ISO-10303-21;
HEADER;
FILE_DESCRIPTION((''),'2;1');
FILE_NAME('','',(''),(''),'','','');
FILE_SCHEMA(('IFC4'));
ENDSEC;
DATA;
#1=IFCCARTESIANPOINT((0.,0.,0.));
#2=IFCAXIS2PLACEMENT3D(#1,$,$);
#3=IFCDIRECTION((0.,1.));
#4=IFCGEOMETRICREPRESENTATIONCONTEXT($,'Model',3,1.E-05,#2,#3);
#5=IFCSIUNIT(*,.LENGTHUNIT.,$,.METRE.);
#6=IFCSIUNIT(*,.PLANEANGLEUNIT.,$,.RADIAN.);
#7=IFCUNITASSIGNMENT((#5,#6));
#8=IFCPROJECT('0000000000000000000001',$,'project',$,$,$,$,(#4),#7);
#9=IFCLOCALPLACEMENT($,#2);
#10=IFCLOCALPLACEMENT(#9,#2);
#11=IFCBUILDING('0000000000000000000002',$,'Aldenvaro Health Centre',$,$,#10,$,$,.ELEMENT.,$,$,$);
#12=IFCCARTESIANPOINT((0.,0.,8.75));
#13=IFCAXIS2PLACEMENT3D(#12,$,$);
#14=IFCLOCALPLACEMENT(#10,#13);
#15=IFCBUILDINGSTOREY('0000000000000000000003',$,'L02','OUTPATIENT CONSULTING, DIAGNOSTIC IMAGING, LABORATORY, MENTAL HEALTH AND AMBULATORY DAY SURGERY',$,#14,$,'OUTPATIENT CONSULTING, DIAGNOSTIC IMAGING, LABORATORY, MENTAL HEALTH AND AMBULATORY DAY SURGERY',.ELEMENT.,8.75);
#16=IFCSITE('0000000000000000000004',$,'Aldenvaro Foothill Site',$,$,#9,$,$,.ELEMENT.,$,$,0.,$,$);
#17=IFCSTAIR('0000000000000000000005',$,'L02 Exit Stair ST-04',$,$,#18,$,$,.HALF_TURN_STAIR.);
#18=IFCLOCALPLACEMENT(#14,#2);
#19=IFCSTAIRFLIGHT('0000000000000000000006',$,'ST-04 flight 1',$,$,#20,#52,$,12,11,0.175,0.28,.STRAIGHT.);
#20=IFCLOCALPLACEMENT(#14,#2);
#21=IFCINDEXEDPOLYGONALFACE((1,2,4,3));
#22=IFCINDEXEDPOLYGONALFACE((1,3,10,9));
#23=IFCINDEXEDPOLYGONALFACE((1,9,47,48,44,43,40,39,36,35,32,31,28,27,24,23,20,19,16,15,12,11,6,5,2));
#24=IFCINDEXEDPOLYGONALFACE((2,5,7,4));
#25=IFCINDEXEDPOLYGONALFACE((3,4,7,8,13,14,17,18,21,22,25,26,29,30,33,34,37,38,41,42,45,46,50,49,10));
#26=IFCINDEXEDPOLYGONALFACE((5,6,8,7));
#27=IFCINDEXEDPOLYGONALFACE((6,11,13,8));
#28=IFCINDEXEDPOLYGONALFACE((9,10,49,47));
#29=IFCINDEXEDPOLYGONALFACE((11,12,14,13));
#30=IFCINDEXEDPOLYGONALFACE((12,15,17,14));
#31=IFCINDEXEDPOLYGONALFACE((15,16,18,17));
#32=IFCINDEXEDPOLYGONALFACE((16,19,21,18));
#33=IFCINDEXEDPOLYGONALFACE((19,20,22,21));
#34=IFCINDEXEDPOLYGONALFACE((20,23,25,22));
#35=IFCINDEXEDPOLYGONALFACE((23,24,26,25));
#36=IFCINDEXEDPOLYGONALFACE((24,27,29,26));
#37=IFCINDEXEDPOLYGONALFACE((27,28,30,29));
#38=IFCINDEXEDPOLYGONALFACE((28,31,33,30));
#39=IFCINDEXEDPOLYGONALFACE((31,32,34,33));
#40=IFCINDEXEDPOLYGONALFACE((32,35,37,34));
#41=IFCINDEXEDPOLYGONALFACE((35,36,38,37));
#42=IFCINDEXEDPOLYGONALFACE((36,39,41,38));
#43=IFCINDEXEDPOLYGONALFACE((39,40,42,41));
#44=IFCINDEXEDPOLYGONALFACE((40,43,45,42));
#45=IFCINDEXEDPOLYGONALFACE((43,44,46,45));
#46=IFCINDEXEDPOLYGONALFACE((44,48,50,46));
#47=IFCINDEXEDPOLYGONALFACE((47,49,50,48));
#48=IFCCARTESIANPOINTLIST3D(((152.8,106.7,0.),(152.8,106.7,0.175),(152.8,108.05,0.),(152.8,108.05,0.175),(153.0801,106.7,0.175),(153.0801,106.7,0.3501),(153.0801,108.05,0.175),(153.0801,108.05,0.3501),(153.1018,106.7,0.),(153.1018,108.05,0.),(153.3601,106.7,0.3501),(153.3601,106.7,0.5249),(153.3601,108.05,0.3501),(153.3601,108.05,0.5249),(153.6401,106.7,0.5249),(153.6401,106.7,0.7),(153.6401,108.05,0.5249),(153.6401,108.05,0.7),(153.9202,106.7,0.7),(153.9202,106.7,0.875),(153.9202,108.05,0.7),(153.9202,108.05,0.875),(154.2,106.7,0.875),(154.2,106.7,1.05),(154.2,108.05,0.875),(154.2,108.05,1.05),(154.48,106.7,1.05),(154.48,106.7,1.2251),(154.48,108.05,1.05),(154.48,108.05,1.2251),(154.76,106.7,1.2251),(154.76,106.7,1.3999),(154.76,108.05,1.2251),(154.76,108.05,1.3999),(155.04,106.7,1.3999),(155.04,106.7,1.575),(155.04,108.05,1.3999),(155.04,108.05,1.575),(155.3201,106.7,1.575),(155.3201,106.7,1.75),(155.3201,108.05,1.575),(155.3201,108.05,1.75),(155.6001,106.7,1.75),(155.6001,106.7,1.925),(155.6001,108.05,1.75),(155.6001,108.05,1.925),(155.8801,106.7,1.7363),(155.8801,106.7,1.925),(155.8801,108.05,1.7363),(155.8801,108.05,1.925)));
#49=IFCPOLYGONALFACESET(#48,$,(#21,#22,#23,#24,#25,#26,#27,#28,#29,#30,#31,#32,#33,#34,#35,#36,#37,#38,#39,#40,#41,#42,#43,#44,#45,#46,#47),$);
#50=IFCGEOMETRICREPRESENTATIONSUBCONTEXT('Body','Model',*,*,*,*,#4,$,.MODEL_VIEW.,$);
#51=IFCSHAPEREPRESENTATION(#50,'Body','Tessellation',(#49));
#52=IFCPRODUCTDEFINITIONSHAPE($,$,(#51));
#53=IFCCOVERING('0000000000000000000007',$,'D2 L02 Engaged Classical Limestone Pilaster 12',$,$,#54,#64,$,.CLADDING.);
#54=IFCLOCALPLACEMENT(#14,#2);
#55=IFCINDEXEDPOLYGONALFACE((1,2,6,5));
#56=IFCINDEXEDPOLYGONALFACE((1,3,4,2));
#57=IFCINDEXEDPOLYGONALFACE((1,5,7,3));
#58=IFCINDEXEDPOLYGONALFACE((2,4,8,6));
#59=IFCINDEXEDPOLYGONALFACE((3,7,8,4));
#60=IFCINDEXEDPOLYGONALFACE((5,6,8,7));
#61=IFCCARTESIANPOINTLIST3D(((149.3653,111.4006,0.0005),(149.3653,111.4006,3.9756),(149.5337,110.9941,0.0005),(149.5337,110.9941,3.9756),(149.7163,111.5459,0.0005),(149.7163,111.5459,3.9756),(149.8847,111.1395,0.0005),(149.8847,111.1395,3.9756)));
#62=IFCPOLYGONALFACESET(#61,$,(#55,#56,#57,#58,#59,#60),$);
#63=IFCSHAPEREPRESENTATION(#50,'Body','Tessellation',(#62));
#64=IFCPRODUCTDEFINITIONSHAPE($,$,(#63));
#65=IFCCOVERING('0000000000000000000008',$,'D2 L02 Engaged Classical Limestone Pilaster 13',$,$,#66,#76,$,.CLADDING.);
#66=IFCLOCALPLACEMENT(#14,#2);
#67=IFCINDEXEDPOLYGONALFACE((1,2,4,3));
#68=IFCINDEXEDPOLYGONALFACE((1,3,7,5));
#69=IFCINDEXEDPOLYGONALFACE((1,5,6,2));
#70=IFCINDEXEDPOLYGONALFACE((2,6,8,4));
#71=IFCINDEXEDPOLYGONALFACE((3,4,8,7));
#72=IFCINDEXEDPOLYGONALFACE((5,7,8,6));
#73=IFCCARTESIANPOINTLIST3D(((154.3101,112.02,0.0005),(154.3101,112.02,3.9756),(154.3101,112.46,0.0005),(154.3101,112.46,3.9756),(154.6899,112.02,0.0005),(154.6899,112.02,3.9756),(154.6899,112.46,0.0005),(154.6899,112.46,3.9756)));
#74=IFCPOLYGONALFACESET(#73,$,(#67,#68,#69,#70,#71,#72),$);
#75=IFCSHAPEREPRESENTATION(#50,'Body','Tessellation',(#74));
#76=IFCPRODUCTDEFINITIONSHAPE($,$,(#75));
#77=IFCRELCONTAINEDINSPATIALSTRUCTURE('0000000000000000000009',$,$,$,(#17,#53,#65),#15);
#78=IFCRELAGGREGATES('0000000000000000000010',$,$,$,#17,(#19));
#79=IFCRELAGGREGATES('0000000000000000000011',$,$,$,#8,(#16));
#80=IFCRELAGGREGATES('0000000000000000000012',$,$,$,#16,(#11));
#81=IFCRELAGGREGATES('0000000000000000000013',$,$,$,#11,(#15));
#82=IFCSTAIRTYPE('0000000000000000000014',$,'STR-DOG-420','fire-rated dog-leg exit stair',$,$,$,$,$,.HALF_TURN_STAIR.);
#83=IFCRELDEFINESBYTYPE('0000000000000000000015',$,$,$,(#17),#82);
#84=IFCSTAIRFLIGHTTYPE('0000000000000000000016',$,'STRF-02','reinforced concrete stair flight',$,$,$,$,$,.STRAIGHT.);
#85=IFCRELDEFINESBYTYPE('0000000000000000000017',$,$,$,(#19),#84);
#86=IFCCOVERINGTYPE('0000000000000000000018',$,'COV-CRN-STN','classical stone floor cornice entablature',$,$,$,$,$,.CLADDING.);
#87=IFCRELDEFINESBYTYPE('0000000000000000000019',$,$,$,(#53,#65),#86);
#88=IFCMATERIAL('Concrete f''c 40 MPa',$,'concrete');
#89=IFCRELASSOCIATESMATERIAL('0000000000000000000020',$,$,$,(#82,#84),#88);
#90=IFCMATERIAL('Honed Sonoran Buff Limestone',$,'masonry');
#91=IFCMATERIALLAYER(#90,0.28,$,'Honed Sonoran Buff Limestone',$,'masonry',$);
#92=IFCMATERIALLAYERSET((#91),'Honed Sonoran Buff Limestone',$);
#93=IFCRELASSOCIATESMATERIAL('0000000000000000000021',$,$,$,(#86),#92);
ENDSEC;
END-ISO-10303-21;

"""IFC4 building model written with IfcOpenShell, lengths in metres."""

from ifc_helpers import new_model, si_unit, direction, frame, origin, origin_2d, place, context, subcontext, project, spatial, polyline, rectangle, outline, extrude, material, layer, layer_set, type_object, element, aggregate, save


model = new_model("IFC4")

# Units and contexts
model_context = context("Model", 3, precision=1e-05, world=origin(), true_north=direction((0.0, 1.0)))
body_context = subcontext(model_context, "Body", "Model", "MODEL_VIEW")
ifc_project = project(units=[si_unit("LENGTHUNIT", "METRE"), si_unit("PLANEANGLEUNIT", "RADIAN")], contexts=[model_context])

# Site, building, storey
site_placement = place(None, origin())
site = spatial("IfcSite", under=ifc_project, at=site_placement, Name="Aldenvaro Foothill Site", CompositionType="ELEMENT", RefElevation=0.0)
building_placement = place(site_placement, origin())
building = spatial("IfcBuilding", under=site, at=building_placement, Name="Aldenvaro Health Centre", CompositionType="ELEMENT")
storey_placement = place(building_placement, frame((0.0, 0.0, 8.75)))
storey = spatial("IfcBuildingStorey", under=building, at=storey_placement, Name="L02", Description="OUTPATIENT CONSULTING, DIAGNOSTIC IMAGING, LABORATORY, MENTAL HEALTH AND AMBULATORY DAY SURGERY", LongName="OUTPATIENT CONSULTING, DIAGNOSTIC IMAGING, LABORATORY, MENTAL HEALTH AND AMBULATORY DAY SURGERY", CompositionType="ELEMENT", Elevation=8.75)

# Shared definitions
ifc_material_1 = material(Name="Concrete f'c 40 MPa", Category="concrete")

# Stair, stair flight
stair_type = type_object("IfcStairType", Name="STR-DOG-420", Description="fire-rated dog-leg exit stair", PredefinedType="HALF_TURN_STAIR", material=ifc_material_1)
stair_placement = place(storey_placement, origin())
stair = element("IfcStair", 1, at=stair_placement, inside=storey, type_object=stair_type, Name="L02 Exit Stair ST-04", PredefinedType="HALF_TURN_STAIR")
stair_flight_type = type_object("IfcStairFlightType", Name="STRF-02", Description="reinforced concrete stair flight", PredefinedType="STRAIGHT", material=ifc_material_1)
stair_flight_placement = place(storey_placement, frame((152.8, 107.375, 0.0), z_axis=(0.0, 0.0, 1.0), x_axis=(1.0, 0.0, 0.0)))
stair_flight = element("IfcStairFlight", 2, at=stair_flight_placement, type_object=stair_flight_type, Name="ST-04 flight 1", NumberOfRisers=12, NumberOfTreads=11, PredefinedType="STRAIGHT", RiserHeight=0.175, TreadLength=0.28, context=body_context, shape_type="SweptSolid", body=[
    extrude(outline(polyline([(0.0, 0.0), (0.0, 0.175), (0.28, 0.175), (0.28, 0.3501), (0.5601, 0.3501), (0.5601, 0.5249), (0.8401, 0.5249), (0.8401, 0.7), (1.1201, 0.7), (1.1201, 0.875), (1.3999, 0.875), (1.3999, 1.05), (1.6799, 1.05), (1.6799, 1.2251), (1.96, 1.2251), (1.96, 1.3999), (2.24, 1.3999), (2.24, 1.575), (2.52, 1.575), (2.52, 1.75), (2.8, 1.75), (2.8, 1.925), (3.0801, 1.925), (3.0801, 2.1001), (3.0801, 1.7363), (0.3018, 0.0), (0.0, 0.0)])), frame((0.0, 0.675, 0.0), z_axis=(0.0, -1.0, 0.0), x_axis=(1.0, 0.0, 0.0)), (0.0, 0.0, 1.0), 1.3501),
])
aggregate(stair, [stair_flight])

# Coverings
ifc_material_2 = material(Name="Honed Sonoran Buff Limestone", Category="masonry")
ifc_layer_1 = layer(ifc_material_2, 0.28, Name="Honed Sonoran Buff Limestone", Category="masonry")
ifc_layer_set_1 = layer_set([ifc_layer_1], Name="Honed Sonoran Buff Limestone")
covering_type = type_object("IfcCoveringType", Name="COV-CRN-STN", Description="classical stone floor cornice entablature", PredefinedType="CLADDING", material=ifc_layer_set_1)
for number, where, z_axis, x_axis, name in (
    (3, (149.625, 111.27, 0.0005), (0.0, 0.0, 1.0), (-0.382668, 0.923886, 0.0), "D2 L02 Engaged Classical Limestone Pilaster 12"),
    (4, (154.5, 112.24, 0.0005), (0.0, 0.0, 1.0), (0.0, 1.0, 0.0), "D2 L02 Engaged Classical Limestone Pilaster 13"),
):
    element("IfcCovering", number, at=place(storey_placement, frame(where, z_axis=z_axis, x_axis=x_axis)), inside=storey, type_object=covering_type, Name=name, PredefinedType="CLADDING", context=body_context, shape_type="SweptSolid", body=[
        extrude(rectangle(XDim=0.4399, YDim=0.3799, at=origin_2d()), origin(), (0.0, 0.0, 1.0), 3.9751),
    ])

save(model, "model.ifc")
